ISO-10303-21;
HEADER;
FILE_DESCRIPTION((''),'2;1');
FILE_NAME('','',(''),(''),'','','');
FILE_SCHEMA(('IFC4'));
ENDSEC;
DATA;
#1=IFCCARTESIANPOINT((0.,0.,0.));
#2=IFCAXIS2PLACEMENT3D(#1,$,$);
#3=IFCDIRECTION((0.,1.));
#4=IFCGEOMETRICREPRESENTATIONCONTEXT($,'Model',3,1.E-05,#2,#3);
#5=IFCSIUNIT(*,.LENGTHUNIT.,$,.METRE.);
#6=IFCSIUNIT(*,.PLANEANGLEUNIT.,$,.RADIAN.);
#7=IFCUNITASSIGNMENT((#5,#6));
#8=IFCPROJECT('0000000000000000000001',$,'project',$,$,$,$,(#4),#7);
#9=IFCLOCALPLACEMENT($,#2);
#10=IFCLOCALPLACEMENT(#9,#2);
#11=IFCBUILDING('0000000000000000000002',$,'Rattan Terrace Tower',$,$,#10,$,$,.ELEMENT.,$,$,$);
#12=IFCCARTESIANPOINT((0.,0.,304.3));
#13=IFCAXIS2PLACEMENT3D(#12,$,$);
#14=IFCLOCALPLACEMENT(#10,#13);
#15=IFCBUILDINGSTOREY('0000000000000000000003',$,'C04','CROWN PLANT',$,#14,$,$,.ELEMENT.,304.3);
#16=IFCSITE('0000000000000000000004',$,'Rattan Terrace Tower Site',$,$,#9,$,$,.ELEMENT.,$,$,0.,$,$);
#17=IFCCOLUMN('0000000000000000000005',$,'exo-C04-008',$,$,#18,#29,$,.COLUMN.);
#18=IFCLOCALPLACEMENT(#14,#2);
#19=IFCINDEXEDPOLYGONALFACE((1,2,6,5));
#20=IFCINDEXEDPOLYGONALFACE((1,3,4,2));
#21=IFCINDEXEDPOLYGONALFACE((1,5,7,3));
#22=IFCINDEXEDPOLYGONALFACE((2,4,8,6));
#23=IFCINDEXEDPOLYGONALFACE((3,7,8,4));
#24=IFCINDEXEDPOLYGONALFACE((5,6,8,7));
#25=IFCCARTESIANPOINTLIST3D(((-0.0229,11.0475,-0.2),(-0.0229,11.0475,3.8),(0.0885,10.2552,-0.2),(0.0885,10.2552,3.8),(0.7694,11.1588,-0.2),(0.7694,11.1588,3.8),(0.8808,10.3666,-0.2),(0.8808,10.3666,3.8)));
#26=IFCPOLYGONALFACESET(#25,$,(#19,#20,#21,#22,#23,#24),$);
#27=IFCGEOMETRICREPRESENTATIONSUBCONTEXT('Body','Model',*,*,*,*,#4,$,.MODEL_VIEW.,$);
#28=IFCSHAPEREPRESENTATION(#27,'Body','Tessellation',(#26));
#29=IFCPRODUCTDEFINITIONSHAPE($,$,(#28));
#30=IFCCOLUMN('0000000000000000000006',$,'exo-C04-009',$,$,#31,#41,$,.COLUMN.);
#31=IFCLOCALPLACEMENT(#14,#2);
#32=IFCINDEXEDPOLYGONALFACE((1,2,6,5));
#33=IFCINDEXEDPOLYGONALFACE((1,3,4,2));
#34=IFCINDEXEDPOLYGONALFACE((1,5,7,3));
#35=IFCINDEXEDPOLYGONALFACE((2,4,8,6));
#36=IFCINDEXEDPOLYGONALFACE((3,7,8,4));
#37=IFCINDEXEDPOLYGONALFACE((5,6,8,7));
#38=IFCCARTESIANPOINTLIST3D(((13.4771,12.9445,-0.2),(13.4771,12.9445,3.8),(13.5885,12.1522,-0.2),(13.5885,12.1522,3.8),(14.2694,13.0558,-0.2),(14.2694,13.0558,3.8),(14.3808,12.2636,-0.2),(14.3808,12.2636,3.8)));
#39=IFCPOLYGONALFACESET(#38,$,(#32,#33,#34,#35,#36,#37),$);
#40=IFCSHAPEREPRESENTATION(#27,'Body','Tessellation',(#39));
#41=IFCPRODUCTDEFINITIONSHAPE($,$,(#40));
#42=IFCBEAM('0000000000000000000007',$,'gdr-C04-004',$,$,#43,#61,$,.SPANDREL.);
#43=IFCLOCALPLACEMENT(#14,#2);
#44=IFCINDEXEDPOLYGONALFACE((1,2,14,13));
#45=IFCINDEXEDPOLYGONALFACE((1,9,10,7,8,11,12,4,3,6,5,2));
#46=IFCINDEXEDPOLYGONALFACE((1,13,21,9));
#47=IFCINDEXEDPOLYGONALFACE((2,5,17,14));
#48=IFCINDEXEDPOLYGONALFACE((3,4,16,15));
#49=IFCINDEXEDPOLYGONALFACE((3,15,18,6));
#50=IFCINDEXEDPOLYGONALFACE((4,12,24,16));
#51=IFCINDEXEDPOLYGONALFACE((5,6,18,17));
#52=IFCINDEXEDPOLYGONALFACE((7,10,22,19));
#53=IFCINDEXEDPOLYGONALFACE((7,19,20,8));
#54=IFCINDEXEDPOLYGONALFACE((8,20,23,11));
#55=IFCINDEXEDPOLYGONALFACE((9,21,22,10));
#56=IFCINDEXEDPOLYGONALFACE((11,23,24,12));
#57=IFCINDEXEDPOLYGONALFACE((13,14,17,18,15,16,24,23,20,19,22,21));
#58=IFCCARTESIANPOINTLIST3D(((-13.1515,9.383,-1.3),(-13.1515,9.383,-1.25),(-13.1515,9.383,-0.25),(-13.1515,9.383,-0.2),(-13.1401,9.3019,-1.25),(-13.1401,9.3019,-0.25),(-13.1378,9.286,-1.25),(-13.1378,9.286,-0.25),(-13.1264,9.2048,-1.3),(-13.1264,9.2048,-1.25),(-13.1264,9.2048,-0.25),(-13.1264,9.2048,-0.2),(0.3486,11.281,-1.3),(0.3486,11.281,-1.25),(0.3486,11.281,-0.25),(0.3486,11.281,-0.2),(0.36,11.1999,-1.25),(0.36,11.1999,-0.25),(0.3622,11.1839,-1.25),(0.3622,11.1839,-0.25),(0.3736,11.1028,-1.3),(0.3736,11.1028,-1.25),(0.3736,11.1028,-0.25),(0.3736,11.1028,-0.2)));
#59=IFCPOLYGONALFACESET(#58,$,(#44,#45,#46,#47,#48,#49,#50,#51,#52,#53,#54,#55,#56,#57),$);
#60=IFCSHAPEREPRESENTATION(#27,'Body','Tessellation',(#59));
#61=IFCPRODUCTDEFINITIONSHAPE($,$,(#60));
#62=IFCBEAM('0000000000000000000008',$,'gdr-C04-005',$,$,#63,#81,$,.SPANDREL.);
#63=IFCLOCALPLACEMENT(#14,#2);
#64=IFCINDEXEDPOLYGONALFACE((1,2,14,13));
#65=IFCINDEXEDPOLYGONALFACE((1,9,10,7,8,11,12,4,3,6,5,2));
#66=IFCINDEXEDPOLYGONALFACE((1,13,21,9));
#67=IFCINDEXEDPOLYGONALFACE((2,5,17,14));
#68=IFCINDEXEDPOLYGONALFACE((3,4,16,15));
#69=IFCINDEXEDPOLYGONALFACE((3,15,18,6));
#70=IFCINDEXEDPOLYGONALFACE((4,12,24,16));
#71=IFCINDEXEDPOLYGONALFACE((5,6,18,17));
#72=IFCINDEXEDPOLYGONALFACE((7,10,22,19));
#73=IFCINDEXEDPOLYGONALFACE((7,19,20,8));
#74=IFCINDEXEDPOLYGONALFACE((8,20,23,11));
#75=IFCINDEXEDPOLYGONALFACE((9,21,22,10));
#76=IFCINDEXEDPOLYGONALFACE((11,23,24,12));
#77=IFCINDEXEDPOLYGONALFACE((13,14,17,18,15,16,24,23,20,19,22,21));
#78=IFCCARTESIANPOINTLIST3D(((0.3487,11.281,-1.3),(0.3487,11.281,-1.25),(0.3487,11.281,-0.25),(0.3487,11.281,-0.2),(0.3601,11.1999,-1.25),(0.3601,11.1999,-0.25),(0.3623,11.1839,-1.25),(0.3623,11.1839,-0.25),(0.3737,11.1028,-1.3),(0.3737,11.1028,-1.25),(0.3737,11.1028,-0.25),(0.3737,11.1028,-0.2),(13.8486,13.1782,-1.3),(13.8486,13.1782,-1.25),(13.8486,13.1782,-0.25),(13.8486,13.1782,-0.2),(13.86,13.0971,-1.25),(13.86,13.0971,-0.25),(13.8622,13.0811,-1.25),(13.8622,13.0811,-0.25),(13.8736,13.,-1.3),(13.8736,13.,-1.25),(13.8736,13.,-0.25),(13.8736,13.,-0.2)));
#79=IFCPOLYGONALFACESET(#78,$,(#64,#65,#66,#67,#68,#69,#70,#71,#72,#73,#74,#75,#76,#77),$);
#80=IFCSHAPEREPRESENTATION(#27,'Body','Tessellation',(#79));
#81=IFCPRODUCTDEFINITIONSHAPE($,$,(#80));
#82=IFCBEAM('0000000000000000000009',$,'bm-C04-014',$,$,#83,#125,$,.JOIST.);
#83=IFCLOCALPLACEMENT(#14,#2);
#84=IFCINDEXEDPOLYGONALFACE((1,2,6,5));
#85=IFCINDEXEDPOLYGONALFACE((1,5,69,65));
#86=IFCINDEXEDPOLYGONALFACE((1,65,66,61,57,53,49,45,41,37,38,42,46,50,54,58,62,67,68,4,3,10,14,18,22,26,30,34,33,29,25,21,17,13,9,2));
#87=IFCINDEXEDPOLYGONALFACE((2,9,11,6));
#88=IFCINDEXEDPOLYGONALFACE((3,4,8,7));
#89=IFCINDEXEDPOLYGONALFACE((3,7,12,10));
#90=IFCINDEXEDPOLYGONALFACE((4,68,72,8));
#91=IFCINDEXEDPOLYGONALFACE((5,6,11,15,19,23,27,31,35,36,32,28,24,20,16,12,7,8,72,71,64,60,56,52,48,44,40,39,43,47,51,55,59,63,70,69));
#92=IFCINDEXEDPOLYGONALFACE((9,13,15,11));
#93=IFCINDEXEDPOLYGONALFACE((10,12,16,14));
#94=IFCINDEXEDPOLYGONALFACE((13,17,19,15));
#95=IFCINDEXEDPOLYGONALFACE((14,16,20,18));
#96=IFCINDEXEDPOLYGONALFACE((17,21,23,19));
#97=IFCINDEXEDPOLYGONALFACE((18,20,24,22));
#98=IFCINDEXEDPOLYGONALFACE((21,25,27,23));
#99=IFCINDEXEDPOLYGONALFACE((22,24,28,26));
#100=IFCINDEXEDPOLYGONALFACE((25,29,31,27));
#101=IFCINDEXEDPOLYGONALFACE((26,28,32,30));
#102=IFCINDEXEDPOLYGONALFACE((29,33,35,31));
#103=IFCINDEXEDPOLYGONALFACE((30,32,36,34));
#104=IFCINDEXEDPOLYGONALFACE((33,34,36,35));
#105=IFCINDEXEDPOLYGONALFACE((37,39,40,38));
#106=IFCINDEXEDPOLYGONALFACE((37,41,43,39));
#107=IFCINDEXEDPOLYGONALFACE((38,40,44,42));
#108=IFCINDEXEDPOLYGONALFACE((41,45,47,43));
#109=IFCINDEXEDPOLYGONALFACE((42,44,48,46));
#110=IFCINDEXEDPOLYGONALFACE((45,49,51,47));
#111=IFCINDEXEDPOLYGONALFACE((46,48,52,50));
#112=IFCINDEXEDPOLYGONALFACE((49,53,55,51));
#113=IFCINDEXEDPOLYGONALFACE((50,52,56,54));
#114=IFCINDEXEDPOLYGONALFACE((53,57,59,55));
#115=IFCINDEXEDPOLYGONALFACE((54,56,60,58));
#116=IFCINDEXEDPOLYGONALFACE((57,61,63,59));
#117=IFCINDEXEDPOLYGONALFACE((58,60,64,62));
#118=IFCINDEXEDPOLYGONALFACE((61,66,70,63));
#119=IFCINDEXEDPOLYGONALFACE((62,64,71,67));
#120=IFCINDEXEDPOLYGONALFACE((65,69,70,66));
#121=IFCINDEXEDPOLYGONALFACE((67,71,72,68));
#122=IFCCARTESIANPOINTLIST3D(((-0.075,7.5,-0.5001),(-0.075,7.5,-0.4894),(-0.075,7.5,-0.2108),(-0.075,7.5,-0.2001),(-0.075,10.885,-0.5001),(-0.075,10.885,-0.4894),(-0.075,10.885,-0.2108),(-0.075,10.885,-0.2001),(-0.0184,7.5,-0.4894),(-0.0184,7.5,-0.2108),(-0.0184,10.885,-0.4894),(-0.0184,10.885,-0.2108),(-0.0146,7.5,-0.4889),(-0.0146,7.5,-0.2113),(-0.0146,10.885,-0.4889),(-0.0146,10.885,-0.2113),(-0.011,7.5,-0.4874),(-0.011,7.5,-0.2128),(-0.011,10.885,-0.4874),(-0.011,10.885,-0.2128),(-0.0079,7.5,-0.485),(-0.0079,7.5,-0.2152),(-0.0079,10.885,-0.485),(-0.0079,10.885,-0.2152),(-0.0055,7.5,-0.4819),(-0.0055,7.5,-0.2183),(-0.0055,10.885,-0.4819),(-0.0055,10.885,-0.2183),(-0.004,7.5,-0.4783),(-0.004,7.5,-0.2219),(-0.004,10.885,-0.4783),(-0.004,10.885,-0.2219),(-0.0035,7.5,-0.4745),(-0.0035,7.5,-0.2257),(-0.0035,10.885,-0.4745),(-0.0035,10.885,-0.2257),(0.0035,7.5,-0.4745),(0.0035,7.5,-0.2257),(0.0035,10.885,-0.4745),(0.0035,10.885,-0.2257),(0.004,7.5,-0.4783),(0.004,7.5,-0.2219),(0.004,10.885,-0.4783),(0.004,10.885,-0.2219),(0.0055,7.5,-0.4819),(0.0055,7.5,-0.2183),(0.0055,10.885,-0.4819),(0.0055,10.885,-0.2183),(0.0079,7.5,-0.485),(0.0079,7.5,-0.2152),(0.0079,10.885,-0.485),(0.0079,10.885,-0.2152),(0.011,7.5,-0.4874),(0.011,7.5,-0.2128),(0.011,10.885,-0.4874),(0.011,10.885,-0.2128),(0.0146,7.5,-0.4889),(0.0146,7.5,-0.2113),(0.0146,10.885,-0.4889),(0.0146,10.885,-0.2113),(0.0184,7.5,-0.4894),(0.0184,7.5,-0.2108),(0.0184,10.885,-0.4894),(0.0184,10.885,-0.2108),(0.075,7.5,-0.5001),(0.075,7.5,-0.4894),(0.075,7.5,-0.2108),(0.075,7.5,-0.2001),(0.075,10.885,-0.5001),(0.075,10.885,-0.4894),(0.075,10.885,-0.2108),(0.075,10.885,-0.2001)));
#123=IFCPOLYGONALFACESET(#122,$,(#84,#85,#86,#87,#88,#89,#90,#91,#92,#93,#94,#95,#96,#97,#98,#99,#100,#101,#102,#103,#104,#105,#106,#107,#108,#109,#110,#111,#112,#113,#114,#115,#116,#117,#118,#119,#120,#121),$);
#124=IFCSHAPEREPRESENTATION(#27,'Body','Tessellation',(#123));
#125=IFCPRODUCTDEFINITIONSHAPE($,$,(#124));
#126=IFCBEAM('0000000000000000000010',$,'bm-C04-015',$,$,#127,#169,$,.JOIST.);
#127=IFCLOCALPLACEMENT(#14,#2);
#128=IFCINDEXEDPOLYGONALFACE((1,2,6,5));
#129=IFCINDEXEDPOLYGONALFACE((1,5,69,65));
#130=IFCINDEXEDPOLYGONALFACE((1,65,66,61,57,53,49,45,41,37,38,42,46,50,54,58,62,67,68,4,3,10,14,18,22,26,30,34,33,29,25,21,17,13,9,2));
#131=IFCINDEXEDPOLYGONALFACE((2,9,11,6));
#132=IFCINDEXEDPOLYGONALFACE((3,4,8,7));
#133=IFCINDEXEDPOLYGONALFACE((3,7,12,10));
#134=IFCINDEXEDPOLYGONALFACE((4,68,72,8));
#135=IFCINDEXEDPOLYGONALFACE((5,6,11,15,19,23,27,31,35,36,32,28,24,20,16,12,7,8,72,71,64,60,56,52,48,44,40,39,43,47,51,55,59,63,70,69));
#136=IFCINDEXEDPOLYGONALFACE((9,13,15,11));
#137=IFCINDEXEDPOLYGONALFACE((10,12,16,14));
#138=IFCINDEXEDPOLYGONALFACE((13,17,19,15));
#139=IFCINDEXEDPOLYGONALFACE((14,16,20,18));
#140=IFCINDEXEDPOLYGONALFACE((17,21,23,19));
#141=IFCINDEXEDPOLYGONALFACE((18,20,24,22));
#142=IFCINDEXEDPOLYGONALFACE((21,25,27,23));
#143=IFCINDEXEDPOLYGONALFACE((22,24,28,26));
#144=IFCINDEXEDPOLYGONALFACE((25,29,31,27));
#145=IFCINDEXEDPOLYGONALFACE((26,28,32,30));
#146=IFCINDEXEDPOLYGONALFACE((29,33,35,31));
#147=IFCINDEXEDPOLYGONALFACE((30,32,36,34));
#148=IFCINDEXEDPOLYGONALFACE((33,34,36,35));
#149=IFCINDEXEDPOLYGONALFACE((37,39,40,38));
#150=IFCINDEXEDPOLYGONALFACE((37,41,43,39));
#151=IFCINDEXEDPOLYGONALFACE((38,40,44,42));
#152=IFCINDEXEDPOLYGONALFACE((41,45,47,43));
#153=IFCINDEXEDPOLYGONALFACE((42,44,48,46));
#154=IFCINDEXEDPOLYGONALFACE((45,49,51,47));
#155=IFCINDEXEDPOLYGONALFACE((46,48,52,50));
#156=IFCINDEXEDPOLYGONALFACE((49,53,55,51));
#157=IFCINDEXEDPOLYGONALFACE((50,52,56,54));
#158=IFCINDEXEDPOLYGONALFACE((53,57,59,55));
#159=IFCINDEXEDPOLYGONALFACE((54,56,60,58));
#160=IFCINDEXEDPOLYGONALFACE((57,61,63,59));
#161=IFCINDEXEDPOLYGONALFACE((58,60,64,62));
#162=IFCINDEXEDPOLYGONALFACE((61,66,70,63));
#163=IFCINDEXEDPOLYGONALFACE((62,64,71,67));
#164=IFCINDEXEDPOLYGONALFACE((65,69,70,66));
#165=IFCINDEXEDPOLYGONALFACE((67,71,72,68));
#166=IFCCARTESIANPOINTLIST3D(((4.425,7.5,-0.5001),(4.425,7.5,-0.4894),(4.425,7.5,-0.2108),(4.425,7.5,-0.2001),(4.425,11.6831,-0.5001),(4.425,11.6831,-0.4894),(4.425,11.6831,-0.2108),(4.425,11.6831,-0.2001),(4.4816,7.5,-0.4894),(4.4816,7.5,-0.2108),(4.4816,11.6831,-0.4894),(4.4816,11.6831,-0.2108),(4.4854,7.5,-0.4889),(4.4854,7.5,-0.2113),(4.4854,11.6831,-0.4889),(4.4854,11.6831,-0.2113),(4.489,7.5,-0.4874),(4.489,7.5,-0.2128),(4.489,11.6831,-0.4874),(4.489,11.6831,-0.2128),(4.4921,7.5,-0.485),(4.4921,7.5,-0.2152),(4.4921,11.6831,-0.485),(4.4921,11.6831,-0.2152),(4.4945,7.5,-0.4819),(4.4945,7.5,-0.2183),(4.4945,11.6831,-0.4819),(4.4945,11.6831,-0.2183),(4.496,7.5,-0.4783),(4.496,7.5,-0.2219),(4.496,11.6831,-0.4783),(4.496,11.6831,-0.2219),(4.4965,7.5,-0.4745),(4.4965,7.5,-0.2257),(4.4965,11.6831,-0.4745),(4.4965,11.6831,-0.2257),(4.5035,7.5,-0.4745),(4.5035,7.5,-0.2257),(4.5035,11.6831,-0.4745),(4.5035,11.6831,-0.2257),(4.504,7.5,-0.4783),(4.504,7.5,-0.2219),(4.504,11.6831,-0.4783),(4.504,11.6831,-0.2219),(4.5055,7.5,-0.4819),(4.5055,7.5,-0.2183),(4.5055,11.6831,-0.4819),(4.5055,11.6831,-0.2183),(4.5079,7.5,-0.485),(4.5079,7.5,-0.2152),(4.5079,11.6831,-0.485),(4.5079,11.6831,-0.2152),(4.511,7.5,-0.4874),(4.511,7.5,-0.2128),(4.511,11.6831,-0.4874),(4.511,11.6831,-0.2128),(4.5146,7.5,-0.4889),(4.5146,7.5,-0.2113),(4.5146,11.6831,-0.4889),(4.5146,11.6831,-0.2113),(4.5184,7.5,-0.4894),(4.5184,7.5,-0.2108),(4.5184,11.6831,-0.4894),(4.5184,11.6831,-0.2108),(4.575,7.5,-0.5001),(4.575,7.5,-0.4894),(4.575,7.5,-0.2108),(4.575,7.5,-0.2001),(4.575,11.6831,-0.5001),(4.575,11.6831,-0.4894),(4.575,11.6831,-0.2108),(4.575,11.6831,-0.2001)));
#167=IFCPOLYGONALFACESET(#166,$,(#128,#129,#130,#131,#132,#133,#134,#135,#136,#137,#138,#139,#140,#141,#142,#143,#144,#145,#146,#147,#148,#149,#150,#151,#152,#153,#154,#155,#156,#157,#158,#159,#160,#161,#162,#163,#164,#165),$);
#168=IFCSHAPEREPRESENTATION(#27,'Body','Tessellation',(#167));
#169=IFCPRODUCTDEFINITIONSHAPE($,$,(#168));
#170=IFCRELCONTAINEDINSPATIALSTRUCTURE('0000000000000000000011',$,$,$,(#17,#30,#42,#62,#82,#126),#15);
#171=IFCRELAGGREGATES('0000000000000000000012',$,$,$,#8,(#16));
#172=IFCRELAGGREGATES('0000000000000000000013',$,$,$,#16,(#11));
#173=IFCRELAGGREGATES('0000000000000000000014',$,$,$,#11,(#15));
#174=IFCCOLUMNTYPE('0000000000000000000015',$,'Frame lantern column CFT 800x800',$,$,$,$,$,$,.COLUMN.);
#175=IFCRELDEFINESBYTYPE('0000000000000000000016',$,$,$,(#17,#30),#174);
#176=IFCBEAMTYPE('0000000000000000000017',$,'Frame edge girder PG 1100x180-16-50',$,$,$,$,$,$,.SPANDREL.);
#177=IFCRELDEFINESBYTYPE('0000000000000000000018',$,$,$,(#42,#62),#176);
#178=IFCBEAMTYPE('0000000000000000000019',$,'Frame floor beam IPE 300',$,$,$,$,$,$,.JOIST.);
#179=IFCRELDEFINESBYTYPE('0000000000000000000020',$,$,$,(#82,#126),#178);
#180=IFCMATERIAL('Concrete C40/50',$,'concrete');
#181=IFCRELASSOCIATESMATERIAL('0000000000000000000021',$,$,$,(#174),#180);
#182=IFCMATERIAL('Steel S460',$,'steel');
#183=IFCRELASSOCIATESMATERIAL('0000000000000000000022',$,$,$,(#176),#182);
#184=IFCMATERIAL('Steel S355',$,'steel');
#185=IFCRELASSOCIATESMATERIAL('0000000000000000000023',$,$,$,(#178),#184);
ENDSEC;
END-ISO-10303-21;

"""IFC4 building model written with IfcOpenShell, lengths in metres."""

from ifc_helpers import new_model, si_unit, direction, frame, origin, origin_2d, place, context, subcontext, project, spatial, rectangle, i_section, extrude, material, material_profile, profile_set, type_object, element, save


model = new_model("IFC4")

# Units and contexts
model_context = context("Model", 3, precision=1e-05, world=origin(), true_north=direction((0.0, 1.0)))
body_context = subcontext(model_context, "Body", "Model", "MODEL_VIEW")
ifc_project = project(units=[si_unit("LENGTHUNIT", "METRE"), si_unit("PLANEANGLEUNIT", "RADIAN")], contexts=[model_context])

# Site, building, storey
site_placement = place(None, origin())
site = spatial("IfcSite", under=ifc_project, at=site_placement, Name="Rattan Terrace Tower Site", CompositionType="ELEMENT", RefElevation=0.0)
building_placement = place(site_placement, origin())
building = spatial("IfcBuilding", under=site, at=building_placement, Name="Rattan Terrace Tower", CompositionType="ELEMENT")
storey_placement = place(building_placement, frame((0.0, 0.0, 304.3)))
storey = spatial("IfcBuildingStorey", under=building, at=storey_placement, Name="C04", Description="CROWN PLANT", CompositionType="ELEMENT", Elevation=304.3)

# Columns
ifc_material_1 = material(Name="Concrete C40/50", Category="concrete")
ifc_material_profile_1 = material_profile(ifc_material_1, rectangle(XDim=0.8, YDim=0.8, at=origin_2d()), Name="CFT 800x800")
ifc_profile_set_1 = profile_set([ifc_material_profile_1], Name="Concrete C40/50")
column_type = type_object("IfcColumnType", Name="Frame lantern column CFT 800x800", PredefinedType="COLUMN", material=ifc_profile_set_1)
for number, where, z_axis, x_axis, name in (
    (1, (0.429, 10.707, -0.2), (0.0, 0.0, 1.0), (0.990266, 0.13919, 0.0), "exo-C04-008"),
    (2, (13.929, 12.604, -0.2), (0.0, 0.0, 1.0), (0.990266, 0.13919, 0.0), "exo-C04-009"),
):
    element("IfcColumn", number, at=place(storey_placement, frame(where, z_axis=z_axis, x_axis=x_axis)), inside=storey, type_object=column_type, Name=name, PredefinedType="COLUMN", context=body_context, shape_type="SweptSolid", body=[
        extrude(rectangle(XDim=0.8, YDim=0.8, at=origin_2d()), origin(), (0.0, 0.0, 1.0), 4.0),
    ])

# Beams
ifc_material_2 = material(Name="Steel S460", Category="steel")
ifc_material_profile_2 = material_profile(ifc_material_2, i_section(OverallWidth=0.1799, OverallDepth=1.1001, WebThickness=0.0161, FlangeThickness=0.05, at=origin_2d()), Name="PG 1100x180-16-50")
ifc_profile_set_2 = profile_set([ifc_material_profile_2], Name="Steel S460")
beam_type_1 = type_object("IfcBeamType", Name="Frame edge girder PG 1100x180-16-50", PredefinedType="SPANDREL", material=ifc_profile_set_2)
beam_1_placement = place(storey_placement, frame((0.3611, 11.1919, -0.75), z_axis=(-0.990262, -0.13922, 0.0), x_axis=(0.13922, -0.990262, 0.0)))
element("IfcBeam", 3, at=beam_1_placement, inside=storey, type_object=beam_type_1, Name="gdr-C04-004", PredefinedType="SPANDREL", context=body_context, shape_type="SweptSolid", body=[
    extrude(i_section(OverallWidth=0.1799, OverallDepth=1.1001, WebThickness=0.0161, FlangeThickness=0.05, at=origin_2d()), origin(), (0.0, 0.0, 1.0), 13.6328),
])
beam_2_placement = place(storey_placement, frame((13.8611, 13.0891, -0.75), z_axis=(-0.990269, -0.139167, 0.0), x_axis=(0.139167, -0.990269, 0.0)))
element("IfcBeam", 4, at=beam_2_placement, inside=storey, type_object=beam_type_1, Name="gdr-C04-005", PredefinedType="SPANDREL", context=body_context, shape_type="SweptSolid", body=[
    extrude(i_section(OverallWidth=0.1799, OverallDepth=1.1001, WebThickness=0.0161, FlangeThickness=0.05, at=origin_2d()), origin(), (0.0, 0.0, 1.0), 13.6326),
])
ifc_material_3 = material(Name="Steel S355", Category="steel")
ifc_material_profile_3 = material_profile(ifc_material_3, i_section(OverallWidth=0.1499, OverallDepth=0.3, WebThickness=0.0071, FlangeThickness=0.0107, FilletRadius=0.0149, at=origin_2d()), Name="IPE 300")
ifc_profile_set_3 = profile_set([ifc_material_profile_3], Name="Steel S355")
beam_type_2 = type_object("IfcBeamType", Name="Frame floor beam IPE 300", PredefinedType="JOIST", material=ifc_profile_set_3)
beam_3_placement = place(storey_placement, frame((0.0, 7.5, -0.3501), z_axis=(0.0, 1.0, 0.0), x_axis=(-1.0, 0.0, 0.0)))
element("IfcBeam", 5, at=beam_3_placement, inside=storey, type_object=beam_type_2, Name="bm-C04-014", PredefinedType="JOIST", context=body_context, shape_type="SweptSolid", body=[
    extrude(i_section(OverallWidth=0.1499, OverallDepth=0.3, WebThickness=0.0071, FlangeThickness=0.0107, FilletRadius=0.0149, at=origin_2d()), origin(), (0.0, 0.0, 1.0), 3.385),
])
beam_4_placement = place(storey_placement, frame((4.5, 7.5, -0.3501), z_axis=(0.0, 1.0, 0.0), x_axis=(-1.0, 0.0, 0.0)))
element("IfcBeam", 6, at=beam_4_placement, inside=storey, type_object=beam_type_2, Name="bm-C04-015", PredefinedType="JOIST", context=body_context, shape_type="SweptSolid", body=[
    extrude(i_section(OverallWidth=0.1499, OverallDepth=0.3, WebThickness=0.0071, FlangeThickness=0.0107, FilletRadius=0.0149, at=origin_2d()), origin(), (0.0, 0.0, 1.0), 4.1831),
])

save(model, "model.ifc")
